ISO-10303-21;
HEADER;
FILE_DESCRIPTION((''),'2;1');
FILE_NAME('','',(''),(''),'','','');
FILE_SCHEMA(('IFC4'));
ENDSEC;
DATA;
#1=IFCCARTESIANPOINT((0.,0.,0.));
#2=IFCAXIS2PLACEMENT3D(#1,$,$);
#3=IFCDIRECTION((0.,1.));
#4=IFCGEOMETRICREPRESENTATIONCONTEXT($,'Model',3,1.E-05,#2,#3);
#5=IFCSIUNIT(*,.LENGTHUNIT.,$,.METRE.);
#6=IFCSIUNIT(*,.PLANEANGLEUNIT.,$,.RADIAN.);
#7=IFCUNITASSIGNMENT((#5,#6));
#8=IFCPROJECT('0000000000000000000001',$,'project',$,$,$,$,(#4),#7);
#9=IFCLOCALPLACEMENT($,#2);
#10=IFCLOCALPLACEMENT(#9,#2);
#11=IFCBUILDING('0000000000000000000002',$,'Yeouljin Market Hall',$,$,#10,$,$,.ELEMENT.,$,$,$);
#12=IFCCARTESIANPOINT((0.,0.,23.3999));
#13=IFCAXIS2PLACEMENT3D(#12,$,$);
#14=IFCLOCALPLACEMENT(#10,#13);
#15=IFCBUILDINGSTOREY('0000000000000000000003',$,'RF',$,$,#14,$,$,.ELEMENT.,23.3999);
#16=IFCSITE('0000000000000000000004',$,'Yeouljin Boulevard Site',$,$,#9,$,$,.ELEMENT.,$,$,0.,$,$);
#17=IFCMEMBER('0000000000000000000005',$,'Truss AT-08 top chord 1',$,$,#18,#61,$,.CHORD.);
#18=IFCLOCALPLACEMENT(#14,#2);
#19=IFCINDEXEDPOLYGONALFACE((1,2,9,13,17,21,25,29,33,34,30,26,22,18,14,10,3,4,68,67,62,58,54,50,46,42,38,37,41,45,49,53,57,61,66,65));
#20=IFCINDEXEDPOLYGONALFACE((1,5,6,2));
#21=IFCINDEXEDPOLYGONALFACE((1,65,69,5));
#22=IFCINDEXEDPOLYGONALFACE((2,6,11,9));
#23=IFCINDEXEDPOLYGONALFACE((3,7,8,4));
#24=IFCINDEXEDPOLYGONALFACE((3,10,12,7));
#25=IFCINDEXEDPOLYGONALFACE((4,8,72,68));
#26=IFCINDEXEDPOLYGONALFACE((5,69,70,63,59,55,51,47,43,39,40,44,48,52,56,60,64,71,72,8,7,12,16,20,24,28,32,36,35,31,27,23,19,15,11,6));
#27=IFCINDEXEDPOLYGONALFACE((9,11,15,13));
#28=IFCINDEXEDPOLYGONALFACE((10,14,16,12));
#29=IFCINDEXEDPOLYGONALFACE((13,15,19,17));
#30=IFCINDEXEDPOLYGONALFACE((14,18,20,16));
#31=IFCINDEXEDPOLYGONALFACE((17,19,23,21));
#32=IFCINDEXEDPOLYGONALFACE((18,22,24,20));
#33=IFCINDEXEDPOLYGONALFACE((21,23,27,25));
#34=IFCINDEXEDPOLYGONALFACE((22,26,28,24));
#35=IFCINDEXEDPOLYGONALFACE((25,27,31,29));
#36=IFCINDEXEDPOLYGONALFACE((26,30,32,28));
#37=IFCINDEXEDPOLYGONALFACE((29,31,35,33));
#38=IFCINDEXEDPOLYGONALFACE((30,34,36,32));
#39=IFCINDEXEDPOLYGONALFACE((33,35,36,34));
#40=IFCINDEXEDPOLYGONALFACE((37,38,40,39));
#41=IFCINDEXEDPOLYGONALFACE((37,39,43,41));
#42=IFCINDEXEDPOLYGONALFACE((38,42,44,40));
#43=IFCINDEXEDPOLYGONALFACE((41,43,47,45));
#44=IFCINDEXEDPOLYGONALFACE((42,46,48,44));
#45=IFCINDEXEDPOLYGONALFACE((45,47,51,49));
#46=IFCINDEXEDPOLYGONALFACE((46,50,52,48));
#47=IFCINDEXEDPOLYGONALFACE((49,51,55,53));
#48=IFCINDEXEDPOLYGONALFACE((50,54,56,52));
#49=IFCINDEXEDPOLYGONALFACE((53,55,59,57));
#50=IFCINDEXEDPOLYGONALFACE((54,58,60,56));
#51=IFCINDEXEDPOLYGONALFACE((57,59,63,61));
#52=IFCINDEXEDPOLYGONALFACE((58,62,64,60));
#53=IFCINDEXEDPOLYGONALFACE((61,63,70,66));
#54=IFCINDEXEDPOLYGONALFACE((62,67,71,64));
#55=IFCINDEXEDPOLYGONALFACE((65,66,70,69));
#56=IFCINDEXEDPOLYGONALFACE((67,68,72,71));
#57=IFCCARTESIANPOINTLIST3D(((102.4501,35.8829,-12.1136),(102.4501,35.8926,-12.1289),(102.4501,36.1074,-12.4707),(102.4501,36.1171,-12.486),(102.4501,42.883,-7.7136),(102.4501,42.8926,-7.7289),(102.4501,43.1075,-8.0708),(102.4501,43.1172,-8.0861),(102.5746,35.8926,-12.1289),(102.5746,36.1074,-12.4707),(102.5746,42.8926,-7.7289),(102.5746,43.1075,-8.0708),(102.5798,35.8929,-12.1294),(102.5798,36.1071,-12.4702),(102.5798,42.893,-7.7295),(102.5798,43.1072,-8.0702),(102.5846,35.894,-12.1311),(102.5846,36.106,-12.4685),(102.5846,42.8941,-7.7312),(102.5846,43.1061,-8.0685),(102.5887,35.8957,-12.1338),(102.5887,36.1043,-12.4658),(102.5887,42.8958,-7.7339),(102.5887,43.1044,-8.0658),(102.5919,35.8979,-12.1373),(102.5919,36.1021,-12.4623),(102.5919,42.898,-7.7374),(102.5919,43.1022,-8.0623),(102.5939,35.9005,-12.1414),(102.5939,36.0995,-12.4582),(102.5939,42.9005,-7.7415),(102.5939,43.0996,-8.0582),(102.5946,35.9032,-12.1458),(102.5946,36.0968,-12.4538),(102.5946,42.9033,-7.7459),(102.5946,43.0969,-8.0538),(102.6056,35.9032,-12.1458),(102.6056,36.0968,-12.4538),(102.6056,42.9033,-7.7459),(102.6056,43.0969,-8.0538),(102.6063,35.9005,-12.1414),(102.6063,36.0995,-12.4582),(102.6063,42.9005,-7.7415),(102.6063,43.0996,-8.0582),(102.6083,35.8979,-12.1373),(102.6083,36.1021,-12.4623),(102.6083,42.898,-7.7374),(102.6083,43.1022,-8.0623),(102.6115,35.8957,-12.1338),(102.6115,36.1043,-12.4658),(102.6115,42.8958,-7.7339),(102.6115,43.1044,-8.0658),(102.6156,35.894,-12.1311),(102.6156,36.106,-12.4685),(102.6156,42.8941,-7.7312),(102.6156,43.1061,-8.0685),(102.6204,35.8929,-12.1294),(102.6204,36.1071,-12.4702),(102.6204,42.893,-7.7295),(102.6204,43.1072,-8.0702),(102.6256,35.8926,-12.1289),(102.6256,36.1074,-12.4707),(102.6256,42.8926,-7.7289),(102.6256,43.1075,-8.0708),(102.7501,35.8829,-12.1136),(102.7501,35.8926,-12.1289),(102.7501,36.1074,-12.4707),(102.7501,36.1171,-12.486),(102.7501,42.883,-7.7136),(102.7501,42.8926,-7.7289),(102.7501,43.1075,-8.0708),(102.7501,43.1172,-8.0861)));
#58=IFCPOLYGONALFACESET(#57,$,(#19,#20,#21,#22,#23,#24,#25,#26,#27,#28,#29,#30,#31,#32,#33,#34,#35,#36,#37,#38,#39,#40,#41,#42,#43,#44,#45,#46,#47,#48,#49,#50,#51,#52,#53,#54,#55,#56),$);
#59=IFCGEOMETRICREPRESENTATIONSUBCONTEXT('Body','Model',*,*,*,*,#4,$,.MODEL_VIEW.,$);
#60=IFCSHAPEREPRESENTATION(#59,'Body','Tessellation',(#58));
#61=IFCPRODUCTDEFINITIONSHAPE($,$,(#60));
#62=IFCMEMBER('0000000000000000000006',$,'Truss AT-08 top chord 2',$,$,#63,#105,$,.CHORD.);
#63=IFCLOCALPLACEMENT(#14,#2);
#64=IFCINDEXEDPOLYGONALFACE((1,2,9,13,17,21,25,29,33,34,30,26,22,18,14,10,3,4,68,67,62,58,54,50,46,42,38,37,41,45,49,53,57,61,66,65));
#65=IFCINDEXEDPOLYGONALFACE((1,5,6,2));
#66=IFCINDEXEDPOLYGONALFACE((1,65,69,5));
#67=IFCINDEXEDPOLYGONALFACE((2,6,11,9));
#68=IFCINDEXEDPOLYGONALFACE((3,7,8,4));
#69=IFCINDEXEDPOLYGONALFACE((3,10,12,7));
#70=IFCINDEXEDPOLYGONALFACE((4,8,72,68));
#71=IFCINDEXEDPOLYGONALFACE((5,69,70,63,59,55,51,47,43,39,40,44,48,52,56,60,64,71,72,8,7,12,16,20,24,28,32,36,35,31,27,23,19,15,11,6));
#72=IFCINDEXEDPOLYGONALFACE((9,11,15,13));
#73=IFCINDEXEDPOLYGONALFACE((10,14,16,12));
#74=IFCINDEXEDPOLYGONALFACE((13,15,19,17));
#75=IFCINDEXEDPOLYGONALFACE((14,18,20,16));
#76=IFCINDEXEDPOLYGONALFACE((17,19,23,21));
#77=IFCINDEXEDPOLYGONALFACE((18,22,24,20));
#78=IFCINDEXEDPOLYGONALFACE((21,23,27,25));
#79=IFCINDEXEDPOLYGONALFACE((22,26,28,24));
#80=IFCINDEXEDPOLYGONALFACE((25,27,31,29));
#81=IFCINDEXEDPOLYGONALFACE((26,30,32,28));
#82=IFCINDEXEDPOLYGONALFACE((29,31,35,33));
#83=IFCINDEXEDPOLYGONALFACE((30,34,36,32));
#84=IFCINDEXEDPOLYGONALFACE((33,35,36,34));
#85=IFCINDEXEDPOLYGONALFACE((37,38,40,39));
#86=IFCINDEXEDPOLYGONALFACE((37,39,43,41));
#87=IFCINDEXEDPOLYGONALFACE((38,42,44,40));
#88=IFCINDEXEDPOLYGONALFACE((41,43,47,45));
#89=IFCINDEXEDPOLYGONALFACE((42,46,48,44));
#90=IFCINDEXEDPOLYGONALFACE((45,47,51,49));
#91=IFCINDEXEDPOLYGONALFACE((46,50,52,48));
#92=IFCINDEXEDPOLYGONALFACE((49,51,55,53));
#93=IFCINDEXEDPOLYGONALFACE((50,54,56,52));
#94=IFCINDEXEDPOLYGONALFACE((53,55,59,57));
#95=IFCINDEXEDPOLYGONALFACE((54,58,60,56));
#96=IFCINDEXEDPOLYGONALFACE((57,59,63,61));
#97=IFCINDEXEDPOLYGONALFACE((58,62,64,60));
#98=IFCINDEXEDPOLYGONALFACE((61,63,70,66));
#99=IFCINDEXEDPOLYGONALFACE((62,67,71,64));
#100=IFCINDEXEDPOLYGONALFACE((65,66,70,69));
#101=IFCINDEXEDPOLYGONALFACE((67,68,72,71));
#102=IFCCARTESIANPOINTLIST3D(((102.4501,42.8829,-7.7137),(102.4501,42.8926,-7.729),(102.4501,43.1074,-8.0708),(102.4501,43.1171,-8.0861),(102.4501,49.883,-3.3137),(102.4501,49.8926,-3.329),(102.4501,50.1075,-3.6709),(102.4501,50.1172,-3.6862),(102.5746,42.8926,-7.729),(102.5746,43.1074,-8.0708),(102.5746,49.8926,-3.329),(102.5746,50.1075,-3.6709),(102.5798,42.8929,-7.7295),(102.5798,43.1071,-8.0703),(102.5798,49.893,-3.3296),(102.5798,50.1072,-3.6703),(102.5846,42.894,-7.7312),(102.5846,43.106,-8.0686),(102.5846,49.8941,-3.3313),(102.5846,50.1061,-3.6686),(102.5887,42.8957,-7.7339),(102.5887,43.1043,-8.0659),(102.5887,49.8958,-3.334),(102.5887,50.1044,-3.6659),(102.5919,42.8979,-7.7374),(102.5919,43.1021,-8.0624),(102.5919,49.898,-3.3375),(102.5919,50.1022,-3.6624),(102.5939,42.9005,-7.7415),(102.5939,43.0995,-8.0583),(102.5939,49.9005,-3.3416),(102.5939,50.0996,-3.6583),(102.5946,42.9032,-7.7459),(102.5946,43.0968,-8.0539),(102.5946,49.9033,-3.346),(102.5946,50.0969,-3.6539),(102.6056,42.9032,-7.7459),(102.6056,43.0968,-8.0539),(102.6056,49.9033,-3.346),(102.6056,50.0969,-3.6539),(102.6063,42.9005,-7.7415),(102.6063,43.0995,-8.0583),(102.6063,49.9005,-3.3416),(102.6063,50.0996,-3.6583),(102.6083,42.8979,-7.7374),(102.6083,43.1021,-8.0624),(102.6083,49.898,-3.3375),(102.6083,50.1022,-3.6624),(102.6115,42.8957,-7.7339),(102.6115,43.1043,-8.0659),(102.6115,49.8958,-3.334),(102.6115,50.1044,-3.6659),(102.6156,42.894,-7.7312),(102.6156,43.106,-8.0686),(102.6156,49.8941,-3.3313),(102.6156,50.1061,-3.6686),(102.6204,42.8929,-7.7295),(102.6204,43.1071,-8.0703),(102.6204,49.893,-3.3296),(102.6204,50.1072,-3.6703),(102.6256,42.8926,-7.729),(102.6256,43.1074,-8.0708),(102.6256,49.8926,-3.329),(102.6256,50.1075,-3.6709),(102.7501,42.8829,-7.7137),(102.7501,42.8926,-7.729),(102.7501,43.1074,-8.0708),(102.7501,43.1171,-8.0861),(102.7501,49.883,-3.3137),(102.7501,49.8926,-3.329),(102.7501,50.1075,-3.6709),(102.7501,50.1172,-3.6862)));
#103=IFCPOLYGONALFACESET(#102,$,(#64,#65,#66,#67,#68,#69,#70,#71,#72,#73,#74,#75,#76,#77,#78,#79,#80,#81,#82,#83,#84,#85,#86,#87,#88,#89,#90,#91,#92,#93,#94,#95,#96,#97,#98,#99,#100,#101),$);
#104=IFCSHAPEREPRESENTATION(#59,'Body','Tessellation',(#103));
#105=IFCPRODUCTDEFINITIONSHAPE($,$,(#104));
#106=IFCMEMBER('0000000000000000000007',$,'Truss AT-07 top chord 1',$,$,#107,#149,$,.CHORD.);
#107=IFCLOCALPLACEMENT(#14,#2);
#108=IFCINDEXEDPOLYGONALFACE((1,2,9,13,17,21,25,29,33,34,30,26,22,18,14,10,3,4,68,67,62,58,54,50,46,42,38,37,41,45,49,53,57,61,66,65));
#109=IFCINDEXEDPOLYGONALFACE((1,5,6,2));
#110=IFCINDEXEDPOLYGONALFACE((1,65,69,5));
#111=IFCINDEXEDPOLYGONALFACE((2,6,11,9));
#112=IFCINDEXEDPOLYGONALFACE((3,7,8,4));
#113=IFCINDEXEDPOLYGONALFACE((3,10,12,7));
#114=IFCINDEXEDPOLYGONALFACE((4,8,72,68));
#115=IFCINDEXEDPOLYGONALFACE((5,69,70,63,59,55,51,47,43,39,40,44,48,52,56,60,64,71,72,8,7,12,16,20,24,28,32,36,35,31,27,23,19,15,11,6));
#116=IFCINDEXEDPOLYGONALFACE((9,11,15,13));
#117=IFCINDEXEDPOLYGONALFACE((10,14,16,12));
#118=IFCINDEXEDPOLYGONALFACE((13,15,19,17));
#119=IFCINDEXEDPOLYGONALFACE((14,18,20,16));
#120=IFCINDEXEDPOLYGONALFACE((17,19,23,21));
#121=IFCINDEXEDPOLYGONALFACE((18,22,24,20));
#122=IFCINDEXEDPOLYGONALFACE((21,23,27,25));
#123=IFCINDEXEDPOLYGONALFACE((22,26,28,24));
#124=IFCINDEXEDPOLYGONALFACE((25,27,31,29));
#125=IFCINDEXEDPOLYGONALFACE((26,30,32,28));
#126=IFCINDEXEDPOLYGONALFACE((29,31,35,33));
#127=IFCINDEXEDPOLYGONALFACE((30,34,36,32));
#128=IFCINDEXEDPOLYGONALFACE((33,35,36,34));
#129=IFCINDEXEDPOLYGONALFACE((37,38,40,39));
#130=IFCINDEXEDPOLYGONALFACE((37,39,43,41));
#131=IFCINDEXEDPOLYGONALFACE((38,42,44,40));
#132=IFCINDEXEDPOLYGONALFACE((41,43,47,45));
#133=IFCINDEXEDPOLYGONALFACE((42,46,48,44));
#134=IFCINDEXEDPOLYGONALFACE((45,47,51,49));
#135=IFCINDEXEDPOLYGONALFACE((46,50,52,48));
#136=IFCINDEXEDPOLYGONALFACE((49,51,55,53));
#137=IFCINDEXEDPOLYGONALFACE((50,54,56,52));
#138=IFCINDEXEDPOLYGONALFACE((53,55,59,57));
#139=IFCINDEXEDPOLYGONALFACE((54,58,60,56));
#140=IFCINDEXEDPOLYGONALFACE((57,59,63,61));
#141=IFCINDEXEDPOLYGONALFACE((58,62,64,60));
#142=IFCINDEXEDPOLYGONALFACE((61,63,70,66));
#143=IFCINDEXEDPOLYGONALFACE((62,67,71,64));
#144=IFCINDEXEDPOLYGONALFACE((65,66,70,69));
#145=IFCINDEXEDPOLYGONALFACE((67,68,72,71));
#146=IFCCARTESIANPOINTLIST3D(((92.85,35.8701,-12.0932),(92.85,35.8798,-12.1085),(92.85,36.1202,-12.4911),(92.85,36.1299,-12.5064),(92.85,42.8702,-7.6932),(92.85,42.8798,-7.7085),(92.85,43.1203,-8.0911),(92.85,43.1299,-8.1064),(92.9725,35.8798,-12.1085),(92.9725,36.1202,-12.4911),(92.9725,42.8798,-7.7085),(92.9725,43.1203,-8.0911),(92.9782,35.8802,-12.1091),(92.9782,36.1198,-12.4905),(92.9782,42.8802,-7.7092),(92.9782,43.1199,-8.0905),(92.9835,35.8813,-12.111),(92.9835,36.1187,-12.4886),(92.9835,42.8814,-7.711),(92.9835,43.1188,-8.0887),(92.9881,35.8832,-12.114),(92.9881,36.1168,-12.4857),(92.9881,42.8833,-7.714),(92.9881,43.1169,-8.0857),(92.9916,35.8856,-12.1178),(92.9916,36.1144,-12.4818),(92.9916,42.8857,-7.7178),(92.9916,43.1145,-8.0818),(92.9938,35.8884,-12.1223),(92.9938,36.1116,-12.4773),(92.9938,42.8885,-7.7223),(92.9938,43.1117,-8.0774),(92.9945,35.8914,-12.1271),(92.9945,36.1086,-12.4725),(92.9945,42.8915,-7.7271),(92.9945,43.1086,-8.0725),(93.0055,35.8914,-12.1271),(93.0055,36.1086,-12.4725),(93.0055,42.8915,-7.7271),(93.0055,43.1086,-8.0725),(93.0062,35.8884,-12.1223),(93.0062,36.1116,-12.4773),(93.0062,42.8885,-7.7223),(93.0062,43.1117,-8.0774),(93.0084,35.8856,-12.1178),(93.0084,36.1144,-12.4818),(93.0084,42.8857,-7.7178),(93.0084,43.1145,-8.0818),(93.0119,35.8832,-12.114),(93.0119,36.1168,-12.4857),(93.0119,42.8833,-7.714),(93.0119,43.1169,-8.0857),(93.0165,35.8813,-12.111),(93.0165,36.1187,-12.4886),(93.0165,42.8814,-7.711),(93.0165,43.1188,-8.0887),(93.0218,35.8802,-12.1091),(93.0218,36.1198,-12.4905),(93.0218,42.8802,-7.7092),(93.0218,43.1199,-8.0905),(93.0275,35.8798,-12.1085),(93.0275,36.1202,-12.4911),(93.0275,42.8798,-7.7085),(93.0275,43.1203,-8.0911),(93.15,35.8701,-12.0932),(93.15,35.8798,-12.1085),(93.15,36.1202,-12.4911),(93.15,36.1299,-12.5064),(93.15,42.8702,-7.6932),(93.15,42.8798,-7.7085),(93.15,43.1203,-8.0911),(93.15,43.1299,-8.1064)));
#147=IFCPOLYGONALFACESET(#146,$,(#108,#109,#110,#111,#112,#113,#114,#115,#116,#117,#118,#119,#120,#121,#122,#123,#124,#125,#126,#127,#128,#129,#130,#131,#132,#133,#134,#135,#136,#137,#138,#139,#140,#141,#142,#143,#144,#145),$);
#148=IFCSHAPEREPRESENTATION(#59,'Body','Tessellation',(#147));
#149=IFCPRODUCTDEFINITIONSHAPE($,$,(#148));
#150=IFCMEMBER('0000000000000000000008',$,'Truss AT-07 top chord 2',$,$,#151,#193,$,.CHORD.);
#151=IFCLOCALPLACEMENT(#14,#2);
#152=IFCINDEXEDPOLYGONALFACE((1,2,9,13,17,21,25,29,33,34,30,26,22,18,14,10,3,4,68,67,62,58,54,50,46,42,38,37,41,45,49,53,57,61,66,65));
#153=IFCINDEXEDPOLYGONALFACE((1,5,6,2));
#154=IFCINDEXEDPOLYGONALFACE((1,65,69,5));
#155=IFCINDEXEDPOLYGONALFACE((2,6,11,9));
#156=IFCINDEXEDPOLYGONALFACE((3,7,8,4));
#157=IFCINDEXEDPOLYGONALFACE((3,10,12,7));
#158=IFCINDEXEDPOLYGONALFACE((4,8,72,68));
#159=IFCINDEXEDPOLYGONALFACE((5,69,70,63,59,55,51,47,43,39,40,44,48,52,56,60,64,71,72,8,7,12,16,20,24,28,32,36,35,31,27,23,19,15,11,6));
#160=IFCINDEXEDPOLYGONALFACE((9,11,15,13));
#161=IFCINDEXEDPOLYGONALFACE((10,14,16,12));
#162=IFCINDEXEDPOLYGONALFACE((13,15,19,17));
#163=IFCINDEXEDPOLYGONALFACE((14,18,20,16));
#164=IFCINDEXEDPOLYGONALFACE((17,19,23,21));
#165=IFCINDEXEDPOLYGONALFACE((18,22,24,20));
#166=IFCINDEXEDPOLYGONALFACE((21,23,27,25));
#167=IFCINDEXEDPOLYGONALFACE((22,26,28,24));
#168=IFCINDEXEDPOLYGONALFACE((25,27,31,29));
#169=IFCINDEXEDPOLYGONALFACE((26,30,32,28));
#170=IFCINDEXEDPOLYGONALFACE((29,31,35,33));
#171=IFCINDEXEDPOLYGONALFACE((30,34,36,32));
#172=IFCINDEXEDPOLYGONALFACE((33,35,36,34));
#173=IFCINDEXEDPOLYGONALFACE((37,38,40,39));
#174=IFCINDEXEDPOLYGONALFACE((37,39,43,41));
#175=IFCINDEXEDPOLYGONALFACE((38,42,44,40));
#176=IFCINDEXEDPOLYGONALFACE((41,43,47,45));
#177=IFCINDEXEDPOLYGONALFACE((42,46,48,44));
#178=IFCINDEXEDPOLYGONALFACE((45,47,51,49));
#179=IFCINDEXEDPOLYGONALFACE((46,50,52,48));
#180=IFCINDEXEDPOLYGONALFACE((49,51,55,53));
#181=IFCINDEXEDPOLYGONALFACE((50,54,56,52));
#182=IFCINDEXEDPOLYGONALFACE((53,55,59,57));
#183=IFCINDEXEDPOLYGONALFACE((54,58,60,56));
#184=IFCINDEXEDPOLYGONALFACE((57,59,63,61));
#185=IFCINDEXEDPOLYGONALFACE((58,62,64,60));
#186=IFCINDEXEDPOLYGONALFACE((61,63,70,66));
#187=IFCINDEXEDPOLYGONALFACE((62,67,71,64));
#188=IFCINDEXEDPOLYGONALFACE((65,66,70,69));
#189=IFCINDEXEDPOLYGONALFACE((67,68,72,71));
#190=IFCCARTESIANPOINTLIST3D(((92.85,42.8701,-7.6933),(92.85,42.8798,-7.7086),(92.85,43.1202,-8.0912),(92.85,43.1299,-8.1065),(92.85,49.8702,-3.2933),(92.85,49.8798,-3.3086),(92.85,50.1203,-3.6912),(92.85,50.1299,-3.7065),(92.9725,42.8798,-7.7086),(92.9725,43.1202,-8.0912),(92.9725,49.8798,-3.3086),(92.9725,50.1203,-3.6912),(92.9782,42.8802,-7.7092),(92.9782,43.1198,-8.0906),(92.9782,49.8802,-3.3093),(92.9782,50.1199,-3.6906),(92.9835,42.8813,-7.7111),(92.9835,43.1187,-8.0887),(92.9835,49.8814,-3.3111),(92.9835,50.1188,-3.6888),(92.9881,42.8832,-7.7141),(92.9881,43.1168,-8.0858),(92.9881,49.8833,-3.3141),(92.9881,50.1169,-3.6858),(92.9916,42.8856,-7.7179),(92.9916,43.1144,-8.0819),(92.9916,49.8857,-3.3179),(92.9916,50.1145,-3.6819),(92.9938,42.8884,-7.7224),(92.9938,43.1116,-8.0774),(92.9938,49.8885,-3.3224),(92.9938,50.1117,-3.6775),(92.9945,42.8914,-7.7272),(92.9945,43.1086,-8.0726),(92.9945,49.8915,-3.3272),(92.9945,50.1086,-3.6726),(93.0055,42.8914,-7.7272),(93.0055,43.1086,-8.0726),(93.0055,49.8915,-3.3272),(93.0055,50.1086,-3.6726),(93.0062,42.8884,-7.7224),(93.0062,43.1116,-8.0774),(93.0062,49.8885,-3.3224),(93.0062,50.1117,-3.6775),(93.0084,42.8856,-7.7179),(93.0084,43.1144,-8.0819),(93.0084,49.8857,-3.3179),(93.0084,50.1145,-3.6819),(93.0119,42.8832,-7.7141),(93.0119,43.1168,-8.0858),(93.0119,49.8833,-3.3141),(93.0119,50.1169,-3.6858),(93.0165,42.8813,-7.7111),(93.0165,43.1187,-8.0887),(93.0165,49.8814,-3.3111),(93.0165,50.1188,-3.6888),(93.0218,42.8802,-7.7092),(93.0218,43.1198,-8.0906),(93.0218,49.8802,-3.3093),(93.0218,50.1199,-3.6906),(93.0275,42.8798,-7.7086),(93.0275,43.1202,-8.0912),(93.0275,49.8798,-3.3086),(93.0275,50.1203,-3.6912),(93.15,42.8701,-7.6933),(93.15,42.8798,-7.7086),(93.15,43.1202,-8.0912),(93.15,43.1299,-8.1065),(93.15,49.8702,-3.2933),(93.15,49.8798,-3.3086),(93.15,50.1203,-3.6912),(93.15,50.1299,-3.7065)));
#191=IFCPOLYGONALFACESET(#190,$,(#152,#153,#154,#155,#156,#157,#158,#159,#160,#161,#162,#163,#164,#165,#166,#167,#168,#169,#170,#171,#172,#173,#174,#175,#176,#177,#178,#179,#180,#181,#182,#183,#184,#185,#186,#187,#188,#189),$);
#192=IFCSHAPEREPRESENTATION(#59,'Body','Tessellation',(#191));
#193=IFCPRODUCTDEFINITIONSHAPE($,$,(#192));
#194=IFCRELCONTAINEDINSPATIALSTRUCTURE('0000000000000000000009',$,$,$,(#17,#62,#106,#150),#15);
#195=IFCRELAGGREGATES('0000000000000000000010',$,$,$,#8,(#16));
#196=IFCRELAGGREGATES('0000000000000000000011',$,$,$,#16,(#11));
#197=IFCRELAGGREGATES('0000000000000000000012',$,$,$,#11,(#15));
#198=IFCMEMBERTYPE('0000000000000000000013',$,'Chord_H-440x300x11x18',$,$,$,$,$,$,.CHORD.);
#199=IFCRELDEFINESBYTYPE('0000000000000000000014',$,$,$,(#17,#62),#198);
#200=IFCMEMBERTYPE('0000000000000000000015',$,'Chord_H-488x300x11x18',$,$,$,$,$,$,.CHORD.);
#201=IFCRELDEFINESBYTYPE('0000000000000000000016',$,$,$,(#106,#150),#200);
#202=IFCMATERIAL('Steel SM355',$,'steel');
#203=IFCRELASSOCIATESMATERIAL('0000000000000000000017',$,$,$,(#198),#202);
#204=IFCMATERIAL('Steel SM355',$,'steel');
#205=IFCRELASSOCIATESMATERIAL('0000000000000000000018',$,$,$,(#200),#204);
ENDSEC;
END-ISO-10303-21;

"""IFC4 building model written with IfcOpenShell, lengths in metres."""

from ifc_helpers import new_model, si_unit, direction, frame, origin, origin_2d, place, context, subcontext, project, spatial, i_section, extrude, material, material_profile, profile_set, type_object, element, save


model = new_model("IFC4")

# Units and contexts
model_context = context("Model", 3, precision=1e-05, world=origin(), true_north=direction((0.0, 1.0)))
body_context = subcontext(model_context, "Body", "Model", "MODEL_VIEW")
ifc_project = project(units=[si_unit("LENGTHUNIT", "METRE"), si_unit("PLANEANGLEUNIT", "RADIAN")], contexts=[model_context])

# Site, building, storey
site_placement = place(None, origin())
site = spatial("IfcSite", under=ifc_project, at=site_placement, Name="Yeouljin Boulevard Site", CompositionType="ELEMENT", RefElevation=0.0)
building_placement = place(site_placement, origin())
building = spatial("IfcBuilding", under=site, at=building_placement, Name="Yeouljin Market Hall", CompositionType="ELEMENT")
storey_placement = place(building_placement, frame((0.0, 0.0, 23.3999)))
storey = spatial("IfcBuildingStorey", under=building, at=storey_placement, Name="RF", CompositionType="ELEMENT", Elevation=23.3999)

# Members
ifc_material_1 = material(Name="Steel SM355", Category="steel")
ifc_material_profile_1 = material_profile(ifc_material_1, i_section(OverallWidth=0.3, OverallDepth=0.4399, WebThickness=0.011, FlangeThickness=0.0181, FilletRadius=0.02, at=origin_2d()), Name="H-440x300x11x18")
ifc_profile_set_1 = profile_set([ifc_material_profile_1], Name="Steel SM355")
member_type_1 = type_object("IfcMemberType", Name="Chord_H-440x300x11x18", PredefinedType="CHORD", material=ifc_profile_set_1)
for number, where, z_axis, x_axis, name in (
    (1, (102.6001, 36.0, -12.2998), (0.0, 0.846642, 0.532163), (-1.0, 0.0, 0.0), "Truss AT-08 top chord 1"),
    (2, (102.6001, 43.0, -7.8999), (0.0, 0.846642, 0.532163), (-1.0, 0.0, 0.0), "Truss AT-08 top chord 2"),
):
    element("IfcMember", number, at=place(storey_placement, frame(where, z_axis=z_axis, x_axis=x_axis)), inside=storey, type_object=member_type_1, Name=name, PredefinedType="CHORD", context=body_context, shape_type="SweptSolid", body=[
        extrude(i_section(OverallWidth=0.3, OverallDepth=0.4399, WebThickness=0.011, FlangeThickness=0.0181, FilletRadius=0.02, at=origin_2d()), origin(), (0.0, 0.0, 1.0), 8.2681),
    ])
ifc_material_2 = material(Name="Steel SM355", Category="steel")
ifc_material_profile_2 = material_profile(ifc_material_2, i_section(OverallWidth=0.3, OverallDepth=0.488, WebThickness=0.011, FlangeThickness=0.0181, FilletRadius=0.022, at=origin_2d()), Name="H-488x300x11x18")
ifc_profile_set_2 = profile_set([ifc_material_profile_2], Name="Steel SM355")
member_type_2 = type_object("IfcMemberType", Name="Chord_H-488x300x11x18", PredefinedType="CHORD", material=ifc_profile_set_2)
for number, where, z_axis, x_axis, name in (
    (3, (93.0, 36.0, -12.2998), (0.0, 0.846642, 0.532163), (-1.0, 0.0, 0.0), "Truss AT-07 top chord 1"),
    (4, (93.0, 43.0, -7.8999), (0.0, 0.846642, 0.532163), (-1.0, 0.0, 0.0), "Truss AT-07 top chord 2"),
):
    element("IfcMember", number, at=place(storey_placement, frame(where, z_axis=z_axis, x_axis=x_axis)), inside=storey, type_object=member_type_2, Name=name, PredefinedType="CHORD", context=body_context, shape_type="SweptSolid", body=[
        extrude(i_section(OverallWidth=0.3, OverallDepth=0.488, WebThickness=0.011, FlangeThickness=0.0181, FilletRadius=0.022, at=origin_2d()), origin(), (0.0, 0.0, 1.0), 8.2681),
    ])

save(model, "model.ifc")
